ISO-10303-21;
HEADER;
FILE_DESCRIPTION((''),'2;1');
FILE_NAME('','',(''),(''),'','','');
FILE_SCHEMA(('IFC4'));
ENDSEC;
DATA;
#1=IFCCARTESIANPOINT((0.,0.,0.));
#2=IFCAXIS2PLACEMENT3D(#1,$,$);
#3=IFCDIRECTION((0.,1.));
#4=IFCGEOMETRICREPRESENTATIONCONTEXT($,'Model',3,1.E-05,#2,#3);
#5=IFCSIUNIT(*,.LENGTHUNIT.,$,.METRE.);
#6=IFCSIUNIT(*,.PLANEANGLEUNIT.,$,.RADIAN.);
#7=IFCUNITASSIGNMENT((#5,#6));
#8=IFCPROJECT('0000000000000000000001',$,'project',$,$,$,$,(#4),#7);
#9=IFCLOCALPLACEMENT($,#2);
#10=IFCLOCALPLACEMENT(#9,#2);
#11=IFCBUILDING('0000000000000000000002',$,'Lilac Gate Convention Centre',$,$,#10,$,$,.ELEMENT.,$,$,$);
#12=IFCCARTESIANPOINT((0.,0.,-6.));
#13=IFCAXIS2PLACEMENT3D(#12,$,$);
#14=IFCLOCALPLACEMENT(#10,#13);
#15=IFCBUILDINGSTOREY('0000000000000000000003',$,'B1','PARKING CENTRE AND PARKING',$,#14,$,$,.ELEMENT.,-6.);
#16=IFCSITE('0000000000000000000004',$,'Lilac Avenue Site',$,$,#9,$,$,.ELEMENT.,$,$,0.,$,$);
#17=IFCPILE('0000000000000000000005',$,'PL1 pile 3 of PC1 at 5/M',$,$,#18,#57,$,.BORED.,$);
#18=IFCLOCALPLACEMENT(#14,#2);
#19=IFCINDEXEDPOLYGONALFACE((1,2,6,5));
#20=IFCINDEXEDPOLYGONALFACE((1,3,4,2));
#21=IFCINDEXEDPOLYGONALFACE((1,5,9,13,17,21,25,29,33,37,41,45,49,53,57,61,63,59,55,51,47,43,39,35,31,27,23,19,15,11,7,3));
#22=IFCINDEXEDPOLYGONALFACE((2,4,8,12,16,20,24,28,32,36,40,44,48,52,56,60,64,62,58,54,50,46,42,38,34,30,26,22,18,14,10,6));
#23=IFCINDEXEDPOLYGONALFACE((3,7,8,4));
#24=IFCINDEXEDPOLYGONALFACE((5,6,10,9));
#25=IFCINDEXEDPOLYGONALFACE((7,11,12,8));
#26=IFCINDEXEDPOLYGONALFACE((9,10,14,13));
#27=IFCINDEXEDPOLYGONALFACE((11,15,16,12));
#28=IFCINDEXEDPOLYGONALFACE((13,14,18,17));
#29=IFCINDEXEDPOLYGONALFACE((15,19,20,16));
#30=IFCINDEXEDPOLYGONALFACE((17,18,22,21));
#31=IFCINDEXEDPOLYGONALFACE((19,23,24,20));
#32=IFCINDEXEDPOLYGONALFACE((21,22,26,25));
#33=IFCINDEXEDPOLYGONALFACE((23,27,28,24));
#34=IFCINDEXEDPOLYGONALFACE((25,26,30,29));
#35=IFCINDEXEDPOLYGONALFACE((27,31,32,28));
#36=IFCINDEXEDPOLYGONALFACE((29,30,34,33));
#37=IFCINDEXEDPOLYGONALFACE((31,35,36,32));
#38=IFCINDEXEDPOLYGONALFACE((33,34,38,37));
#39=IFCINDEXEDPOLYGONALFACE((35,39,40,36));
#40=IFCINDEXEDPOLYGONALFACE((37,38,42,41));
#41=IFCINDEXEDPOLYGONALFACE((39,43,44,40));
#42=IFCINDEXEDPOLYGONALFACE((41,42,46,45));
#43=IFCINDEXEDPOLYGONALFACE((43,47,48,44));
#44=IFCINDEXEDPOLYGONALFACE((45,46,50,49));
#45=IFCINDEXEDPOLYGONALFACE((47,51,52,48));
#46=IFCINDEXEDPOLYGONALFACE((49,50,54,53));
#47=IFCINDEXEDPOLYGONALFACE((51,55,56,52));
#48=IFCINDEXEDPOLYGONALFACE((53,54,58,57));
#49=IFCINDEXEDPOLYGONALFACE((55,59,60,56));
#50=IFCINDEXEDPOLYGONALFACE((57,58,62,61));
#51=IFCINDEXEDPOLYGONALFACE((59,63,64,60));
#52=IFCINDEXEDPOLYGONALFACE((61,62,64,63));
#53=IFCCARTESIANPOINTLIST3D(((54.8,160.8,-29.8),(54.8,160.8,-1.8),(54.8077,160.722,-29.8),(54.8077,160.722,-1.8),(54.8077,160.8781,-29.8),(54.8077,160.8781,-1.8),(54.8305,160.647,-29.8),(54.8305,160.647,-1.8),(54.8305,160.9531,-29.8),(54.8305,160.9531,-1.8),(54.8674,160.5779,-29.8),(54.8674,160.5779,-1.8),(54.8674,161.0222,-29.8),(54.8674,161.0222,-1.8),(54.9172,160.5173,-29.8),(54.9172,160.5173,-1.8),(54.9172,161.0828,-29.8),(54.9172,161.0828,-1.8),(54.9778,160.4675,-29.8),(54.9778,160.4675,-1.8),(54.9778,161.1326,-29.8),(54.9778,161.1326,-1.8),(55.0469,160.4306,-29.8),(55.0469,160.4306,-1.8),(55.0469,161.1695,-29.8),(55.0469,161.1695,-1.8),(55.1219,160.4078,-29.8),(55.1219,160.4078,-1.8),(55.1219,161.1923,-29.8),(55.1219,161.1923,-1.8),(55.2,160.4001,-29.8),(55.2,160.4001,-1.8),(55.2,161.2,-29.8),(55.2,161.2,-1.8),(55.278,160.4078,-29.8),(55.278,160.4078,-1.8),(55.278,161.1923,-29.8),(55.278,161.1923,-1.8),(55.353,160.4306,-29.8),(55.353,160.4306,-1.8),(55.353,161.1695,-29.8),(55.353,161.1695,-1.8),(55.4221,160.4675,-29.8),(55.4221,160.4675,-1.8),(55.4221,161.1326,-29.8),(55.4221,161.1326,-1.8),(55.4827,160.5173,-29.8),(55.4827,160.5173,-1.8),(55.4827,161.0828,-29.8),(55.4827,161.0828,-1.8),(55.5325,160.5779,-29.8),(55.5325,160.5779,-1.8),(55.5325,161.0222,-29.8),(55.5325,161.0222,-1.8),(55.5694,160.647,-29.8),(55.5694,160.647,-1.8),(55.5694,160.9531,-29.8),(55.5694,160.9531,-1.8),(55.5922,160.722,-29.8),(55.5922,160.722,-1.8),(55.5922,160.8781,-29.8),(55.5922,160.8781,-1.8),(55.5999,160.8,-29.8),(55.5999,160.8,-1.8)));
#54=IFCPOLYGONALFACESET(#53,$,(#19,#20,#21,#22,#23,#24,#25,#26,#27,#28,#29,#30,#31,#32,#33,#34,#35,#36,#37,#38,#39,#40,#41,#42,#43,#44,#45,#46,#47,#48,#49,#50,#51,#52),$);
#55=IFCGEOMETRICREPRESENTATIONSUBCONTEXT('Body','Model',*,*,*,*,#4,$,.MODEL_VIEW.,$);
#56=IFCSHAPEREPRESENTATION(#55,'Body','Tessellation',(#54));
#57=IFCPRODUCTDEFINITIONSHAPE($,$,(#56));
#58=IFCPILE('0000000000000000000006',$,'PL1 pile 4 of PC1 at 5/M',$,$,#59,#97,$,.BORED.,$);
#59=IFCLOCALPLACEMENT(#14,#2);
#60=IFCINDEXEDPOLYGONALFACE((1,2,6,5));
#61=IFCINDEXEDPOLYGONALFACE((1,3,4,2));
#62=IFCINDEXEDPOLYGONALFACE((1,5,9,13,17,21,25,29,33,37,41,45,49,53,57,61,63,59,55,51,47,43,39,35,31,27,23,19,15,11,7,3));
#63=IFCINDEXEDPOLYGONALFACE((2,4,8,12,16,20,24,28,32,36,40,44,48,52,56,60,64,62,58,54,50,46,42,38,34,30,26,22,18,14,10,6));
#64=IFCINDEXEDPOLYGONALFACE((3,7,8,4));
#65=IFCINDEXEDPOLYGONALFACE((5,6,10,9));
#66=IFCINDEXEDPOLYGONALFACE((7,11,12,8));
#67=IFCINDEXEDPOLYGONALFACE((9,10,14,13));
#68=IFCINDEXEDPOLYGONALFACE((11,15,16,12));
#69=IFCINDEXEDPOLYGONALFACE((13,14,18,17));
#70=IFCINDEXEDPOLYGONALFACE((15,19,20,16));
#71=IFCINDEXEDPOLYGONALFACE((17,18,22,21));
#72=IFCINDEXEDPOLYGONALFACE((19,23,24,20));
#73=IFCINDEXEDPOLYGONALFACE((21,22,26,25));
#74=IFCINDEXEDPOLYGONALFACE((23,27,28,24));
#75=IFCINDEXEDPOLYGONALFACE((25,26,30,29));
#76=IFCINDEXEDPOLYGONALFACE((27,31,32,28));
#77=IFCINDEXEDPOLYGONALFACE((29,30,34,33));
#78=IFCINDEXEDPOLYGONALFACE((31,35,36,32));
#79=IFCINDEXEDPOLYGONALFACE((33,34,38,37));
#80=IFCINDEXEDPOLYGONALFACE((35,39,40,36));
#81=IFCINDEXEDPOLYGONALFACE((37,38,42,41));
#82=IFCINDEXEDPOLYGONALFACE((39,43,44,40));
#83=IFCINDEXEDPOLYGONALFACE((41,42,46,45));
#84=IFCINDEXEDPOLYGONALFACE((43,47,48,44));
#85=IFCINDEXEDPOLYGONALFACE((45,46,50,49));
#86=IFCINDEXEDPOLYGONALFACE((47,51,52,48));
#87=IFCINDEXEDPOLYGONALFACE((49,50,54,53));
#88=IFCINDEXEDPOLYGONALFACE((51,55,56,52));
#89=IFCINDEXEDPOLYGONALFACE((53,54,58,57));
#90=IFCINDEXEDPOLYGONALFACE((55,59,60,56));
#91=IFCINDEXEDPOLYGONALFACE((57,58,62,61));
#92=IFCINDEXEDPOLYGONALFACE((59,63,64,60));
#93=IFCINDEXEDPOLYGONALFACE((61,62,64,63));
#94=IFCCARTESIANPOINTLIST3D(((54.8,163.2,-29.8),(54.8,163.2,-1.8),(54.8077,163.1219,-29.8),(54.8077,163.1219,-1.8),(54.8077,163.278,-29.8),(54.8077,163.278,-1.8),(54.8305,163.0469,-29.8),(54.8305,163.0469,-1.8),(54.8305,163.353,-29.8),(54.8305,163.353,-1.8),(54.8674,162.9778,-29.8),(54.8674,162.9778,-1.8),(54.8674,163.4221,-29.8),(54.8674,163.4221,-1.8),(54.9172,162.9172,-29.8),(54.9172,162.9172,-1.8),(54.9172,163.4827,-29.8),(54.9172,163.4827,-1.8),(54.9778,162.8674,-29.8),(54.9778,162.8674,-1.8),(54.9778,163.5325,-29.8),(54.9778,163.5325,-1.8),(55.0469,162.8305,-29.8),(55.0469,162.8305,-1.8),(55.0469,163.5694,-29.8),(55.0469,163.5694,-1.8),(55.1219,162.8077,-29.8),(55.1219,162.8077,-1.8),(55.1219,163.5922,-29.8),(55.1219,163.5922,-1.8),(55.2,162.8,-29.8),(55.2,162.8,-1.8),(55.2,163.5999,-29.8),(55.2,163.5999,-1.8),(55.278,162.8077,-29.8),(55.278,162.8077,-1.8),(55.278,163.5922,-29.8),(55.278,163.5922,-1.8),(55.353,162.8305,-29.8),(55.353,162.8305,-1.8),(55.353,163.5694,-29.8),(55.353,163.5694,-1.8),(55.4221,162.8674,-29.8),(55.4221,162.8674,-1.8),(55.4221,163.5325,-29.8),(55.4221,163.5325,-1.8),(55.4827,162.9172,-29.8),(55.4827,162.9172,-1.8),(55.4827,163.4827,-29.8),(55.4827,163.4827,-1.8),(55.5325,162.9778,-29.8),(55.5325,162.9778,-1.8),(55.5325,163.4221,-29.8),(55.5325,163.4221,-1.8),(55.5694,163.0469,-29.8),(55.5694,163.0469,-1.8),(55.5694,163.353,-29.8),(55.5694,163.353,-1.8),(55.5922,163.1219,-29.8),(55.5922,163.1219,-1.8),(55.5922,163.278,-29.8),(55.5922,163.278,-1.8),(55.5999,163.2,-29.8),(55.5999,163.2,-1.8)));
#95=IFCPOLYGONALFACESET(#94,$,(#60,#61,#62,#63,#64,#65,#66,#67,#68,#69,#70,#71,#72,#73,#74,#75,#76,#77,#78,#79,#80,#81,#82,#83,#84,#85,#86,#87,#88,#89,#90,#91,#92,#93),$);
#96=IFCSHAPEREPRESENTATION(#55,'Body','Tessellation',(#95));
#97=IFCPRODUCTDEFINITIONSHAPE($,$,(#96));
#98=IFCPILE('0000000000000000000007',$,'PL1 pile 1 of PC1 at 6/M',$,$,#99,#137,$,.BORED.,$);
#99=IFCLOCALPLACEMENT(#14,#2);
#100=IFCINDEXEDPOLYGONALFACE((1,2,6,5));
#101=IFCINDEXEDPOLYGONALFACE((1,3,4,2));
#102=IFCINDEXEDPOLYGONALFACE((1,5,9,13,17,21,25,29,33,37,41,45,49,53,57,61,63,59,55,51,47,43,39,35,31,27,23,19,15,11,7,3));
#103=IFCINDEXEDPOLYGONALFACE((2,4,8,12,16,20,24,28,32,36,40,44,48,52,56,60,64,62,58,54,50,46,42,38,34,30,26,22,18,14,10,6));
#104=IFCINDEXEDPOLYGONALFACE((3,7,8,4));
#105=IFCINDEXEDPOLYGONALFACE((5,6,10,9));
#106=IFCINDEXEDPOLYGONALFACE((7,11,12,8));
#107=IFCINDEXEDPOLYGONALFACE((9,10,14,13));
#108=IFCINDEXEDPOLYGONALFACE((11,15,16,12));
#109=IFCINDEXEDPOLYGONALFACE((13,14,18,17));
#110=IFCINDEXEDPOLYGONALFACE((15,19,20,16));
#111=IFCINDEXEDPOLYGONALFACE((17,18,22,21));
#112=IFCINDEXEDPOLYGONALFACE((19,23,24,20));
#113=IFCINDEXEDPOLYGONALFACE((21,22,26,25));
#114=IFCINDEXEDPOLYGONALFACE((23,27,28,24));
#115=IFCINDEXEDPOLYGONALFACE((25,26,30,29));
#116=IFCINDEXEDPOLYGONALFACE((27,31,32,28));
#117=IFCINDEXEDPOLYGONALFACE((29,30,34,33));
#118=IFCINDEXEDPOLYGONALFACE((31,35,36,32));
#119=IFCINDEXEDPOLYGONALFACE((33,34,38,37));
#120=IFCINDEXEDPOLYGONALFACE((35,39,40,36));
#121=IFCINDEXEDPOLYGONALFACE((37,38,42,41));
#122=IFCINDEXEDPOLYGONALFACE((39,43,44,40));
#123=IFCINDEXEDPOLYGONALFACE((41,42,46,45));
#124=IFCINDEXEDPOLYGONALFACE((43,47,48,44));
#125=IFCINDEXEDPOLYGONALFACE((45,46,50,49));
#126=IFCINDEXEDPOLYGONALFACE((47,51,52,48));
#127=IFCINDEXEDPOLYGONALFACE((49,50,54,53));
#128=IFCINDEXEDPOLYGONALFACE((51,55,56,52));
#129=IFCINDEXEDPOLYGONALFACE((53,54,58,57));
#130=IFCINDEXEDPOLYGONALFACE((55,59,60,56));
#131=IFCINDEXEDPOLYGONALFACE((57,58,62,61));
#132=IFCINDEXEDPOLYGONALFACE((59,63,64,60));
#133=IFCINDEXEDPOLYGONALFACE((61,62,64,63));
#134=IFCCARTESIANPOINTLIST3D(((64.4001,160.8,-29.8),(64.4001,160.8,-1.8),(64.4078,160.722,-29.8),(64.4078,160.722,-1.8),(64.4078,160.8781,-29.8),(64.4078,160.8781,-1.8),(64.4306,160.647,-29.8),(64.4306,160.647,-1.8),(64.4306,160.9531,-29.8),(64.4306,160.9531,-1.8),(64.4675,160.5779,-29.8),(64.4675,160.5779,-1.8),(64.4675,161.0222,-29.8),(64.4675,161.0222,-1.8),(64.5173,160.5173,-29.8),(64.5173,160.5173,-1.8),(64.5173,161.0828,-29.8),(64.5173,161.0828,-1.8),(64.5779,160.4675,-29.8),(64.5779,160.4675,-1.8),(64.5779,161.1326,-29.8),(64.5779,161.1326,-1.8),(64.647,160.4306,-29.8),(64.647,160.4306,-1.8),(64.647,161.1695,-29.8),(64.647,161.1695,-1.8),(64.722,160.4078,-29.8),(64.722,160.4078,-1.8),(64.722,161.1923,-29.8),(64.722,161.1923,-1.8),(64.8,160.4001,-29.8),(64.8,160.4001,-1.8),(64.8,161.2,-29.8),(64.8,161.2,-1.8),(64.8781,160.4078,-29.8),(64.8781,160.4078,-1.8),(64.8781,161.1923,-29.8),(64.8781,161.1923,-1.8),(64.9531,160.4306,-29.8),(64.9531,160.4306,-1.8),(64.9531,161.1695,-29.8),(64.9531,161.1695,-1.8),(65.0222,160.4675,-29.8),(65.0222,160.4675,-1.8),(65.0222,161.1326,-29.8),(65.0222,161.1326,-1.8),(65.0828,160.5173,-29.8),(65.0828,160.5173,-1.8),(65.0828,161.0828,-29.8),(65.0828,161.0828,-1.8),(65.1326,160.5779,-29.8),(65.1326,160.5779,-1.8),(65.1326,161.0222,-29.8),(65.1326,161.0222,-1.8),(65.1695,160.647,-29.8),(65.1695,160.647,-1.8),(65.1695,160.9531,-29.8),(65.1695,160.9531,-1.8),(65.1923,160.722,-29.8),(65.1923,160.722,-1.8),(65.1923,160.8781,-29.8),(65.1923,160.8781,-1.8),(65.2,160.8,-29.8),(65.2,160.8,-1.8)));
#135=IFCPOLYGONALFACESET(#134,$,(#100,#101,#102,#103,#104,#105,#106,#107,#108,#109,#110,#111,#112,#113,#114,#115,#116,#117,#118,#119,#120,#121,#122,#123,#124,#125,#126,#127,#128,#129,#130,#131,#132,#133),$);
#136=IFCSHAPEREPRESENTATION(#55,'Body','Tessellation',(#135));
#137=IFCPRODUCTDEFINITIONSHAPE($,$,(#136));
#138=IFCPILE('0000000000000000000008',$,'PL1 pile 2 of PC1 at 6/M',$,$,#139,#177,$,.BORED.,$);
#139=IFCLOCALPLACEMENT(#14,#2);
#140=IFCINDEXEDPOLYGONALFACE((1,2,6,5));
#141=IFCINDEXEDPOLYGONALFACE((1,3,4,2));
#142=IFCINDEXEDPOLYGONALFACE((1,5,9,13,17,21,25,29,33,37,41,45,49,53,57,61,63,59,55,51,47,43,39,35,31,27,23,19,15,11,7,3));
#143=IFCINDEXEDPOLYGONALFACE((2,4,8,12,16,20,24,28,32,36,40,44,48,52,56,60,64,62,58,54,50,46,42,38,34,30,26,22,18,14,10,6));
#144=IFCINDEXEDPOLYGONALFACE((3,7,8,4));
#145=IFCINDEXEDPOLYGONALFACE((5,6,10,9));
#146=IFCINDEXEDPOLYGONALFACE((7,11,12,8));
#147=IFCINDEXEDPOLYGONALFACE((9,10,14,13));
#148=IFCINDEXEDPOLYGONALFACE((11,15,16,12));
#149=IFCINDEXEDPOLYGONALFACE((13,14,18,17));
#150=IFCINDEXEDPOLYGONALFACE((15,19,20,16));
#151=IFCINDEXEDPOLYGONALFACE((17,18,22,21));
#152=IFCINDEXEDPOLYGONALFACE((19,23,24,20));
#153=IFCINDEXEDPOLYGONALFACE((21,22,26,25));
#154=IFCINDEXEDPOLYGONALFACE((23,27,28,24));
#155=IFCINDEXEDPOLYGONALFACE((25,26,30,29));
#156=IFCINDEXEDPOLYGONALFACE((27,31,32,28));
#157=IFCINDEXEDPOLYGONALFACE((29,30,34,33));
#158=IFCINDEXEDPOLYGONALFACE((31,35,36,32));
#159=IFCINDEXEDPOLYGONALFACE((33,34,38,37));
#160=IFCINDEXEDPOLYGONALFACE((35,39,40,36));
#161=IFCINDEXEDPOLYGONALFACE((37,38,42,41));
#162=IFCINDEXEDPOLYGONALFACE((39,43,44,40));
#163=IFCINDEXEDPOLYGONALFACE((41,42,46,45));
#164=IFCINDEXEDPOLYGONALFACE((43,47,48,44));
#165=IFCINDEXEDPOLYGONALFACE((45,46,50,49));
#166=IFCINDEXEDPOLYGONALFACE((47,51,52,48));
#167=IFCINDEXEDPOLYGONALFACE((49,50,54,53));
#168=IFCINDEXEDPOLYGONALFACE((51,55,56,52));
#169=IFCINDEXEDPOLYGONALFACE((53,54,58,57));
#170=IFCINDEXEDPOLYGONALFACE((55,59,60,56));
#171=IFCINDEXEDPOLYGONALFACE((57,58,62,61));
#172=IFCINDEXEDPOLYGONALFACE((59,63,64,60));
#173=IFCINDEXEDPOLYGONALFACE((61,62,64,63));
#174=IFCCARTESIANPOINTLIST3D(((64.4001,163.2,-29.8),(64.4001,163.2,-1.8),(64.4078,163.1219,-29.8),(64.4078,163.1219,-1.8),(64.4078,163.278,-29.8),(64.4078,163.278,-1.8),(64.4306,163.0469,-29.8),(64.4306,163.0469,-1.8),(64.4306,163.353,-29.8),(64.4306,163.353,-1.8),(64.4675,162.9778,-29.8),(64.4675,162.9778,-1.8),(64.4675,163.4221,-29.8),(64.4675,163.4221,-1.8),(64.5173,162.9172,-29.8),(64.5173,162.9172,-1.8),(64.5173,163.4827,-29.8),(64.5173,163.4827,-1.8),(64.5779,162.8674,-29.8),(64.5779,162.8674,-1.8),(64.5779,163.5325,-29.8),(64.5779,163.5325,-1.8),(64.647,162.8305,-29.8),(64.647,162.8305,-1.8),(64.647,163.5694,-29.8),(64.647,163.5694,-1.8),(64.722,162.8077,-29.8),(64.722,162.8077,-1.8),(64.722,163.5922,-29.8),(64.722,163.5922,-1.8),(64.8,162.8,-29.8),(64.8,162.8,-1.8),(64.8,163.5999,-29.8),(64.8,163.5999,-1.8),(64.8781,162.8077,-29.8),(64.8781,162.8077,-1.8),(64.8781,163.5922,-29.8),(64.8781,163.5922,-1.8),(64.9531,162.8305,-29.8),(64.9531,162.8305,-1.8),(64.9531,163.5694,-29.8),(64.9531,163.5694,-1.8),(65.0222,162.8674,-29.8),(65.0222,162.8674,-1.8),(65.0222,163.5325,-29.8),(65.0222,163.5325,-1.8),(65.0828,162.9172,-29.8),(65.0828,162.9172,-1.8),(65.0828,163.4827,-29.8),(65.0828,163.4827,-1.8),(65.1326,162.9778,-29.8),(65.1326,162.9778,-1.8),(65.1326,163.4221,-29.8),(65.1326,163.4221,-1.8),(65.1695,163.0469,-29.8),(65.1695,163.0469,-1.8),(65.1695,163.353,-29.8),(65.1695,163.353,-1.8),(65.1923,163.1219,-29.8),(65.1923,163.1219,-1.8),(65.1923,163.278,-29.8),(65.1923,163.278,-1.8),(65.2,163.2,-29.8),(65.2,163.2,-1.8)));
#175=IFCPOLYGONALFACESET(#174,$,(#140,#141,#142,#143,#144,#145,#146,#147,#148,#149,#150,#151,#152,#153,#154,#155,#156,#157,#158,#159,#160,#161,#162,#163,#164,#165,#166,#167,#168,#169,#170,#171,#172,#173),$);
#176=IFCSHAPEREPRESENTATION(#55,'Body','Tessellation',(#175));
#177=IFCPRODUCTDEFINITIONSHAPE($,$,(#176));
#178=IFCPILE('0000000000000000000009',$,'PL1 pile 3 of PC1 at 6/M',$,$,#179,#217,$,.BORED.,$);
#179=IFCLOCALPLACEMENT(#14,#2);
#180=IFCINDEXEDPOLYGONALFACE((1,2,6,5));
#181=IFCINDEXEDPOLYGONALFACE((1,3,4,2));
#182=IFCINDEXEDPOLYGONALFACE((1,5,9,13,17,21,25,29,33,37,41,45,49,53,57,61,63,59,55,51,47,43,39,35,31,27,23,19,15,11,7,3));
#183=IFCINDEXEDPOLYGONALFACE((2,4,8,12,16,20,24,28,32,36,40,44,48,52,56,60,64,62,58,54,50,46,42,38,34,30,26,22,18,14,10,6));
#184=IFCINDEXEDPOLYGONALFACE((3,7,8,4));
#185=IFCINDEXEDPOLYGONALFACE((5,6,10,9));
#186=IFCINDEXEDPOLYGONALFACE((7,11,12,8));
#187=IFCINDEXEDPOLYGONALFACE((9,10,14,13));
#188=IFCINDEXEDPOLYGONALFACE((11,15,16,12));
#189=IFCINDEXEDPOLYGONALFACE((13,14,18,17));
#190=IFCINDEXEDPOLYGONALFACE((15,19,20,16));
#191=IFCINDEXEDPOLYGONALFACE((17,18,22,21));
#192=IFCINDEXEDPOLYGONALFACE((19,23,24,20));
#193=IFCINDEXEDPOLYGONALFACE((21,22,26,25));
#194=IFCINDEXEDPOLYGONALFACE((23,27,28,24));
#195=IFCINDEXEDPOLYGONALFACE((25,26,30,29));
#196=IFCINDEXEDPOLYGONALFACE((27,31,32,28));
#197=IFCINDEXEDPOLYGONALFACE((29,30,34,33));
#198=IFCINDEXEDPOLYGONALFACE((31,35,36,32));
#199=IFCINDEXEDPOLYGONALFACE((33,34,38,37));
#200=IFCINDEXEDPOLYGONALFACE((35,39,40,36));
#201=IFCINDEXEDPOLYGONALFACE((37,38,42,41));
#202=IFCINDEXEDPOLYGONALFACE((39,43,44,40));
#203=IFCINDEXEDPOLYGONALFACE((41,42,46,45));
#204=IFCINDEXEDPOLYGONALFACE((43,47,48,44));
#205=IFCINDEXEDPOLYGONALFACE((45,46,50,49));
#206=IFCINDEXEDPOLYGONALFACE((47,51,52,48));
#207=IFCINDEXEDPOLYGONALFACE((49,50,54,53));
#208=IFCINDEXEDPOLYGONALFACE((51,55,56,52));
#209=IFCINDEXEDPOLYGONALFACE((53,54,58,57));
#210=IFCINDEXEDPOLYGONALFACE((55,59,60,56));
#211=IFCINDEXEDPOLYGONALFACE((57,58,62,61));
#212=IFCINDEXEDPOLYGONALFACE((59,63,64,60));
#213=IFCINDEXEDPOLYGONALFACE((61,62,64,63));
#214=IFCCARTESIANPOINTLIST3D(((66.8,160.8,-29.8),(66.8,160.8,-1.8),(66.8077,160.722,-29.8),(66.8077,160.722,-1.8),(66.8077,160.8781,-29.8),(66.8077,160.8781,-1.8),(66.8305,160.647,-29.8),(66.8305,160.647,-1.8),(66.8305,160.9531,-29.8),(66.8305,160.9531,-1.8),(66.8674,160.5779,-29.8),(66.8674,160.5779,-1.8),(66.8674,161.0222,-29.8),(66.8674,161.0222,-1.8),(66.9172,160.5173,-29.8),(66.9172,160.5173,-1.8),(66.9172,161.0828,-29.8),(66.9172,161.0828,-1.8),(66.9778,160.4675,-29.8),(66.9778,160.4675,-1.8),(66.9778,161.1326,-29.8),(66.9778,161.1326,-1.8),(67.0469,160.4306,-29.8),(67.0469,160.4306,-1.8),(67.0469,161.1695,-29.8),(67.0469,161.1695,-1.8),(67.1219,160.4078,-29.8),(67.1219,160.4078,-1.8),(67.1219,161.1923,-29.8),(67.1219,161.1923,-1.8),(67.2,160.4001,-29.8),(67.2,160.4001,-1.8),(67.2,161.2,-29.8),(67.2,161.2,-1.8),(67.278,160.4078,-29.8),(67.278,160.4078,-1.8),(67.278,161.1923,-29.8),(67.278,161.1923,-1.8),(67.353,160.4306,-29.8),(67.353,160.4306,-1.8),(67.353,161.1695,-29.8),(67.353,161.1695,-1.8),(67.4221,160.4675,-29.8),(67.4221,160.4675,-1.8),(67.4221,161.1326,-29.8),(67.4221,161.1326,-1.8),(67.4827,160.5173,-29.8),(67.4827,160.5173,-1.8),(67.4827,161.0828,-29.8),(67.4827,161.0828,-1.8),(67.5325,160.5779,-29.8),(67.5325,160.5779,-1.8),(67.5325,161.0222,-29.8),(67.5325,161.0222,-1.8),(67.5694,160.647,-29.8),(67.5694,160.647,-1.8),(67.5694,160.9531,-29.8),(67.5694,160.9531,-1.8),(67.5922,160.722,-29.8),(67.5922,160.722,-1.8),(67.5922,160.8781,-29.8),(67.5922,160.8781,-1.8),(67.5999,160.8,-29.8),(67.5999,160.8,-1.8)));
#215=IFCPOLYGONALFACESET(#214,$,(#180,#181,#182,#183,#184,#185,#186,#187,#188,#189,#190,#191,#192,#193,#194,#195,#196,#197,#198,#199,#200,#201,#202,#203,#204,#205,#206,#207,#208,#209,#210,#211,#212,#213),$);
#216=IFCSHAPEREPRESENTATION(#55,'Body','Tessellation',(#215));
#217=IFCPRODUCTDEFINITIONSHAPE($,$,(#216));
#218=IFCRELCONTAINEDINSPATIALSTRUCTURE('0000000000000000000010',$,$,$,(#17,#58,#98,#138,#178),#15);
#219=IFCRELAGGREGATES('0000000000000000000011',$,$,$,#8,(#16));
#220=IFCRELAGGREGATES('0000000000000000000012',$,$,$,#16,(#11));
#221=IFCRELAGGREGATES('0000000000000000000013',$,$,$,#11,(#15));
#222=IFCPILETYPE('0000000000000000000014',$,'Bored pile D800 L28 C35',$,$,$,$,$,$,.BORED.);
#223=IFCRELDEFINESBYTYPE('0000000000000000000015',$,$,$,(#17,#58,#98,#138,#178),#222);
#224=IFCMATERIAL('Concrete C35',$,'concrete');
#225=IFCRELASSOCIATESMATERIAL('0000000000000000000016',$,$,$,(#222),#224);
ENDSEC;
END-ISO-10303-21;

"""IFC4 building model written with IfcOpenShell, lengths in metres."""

from ifc_helpers import new_model, si_unit, direction, frame, origin, origin_2d, place, context, subcontext, project, spatial, circle, extrude, material, material_profile, profile_set, type_object, element, save


model = new_model("IFC4")

# Units and contexts
model_context = context("Model", 3, precision=1e-05, world=origin(), true_north=direction((0.0, 1.0)))
body_context = subcontext(model_context, "Body", "Model", "MODEL_VIEW")
ifc_project = project(units=[si_unit("LENGTHUNIT", "METRE"), si_unit("PLANEANGLEUNIT", "RADIAN")], contexts=[model_context])

# Site, building, storey
site_placement = place(None, origin())
site = spatial("IfcSite", under=ifc_project, at=site_placement, Name="Lilac Avenue Site", CompositionType="ELEMENT", RefElevation=0.0)
building_placement = place(site_placement, origin())
building = spatial("IfcBuilding", under=site, at=building_placement, Name="Lilac Gate Convention Centre", CompositionType="ELEMENT")
storey_placement = place(building_placement, frame((0.0, 0.0, -6.0)))
storey = spatial("IfcBuildingStorey", under=building, at=storey_placement, Name="B1", Description="PARKING CENTRE AND PARKING", CompositionType="ELEMENT", Elevation=-6.0)

# Piles
ifc_material_1 = material(Name="Concrete C35", Category="concrete")
ifc_material_profile_1 = material_profile(ifc_material_1, circle(Radius=0.3999, at=origin_2d()), Name="D800")
ifc_profile_set_1 = profile_set([ifc_material_profile_1], Name="Concrete C35")
pile_type = type_object("IfcPileType", Name="Bored pile D800 L28 C35", PredefinedType="BORED", material=ifc_profile_set_1)
for number, where, z_axis, x_axis, name in (
    (1, (55.2, 160.8, -1.8), (0.0, 0.0, -1.0), (1.0, 0.0, 0.0), "PL1 pile 3 of PC1 at 5/M"),
    (2, (55.2, 163.2, -1.8), (0.0, 0.0, -1.0), (1.0, 0.0, 0.0), "PL1 pile 4 of PC1 at 5/M"),
    (3, (64.8, 160.8, -1.8), (0.0, 0.0, -1.0), (1.0, 0.0, 0.0), "PL1 pile 1 of PC1 at 6/M"),
    (4, (64.8, 163.2, -1.8), (0.0, 0.0, -1.0), (1.0, 0.0, 0.0), "PL1 pile 2 of PC1 at 6/M"),
    (5, (67.2, 160.8, -1.8), (0.0, 0.0, -1.0), (1.0, 0.0, 0.0), "PL1 pile 3 of PC1 at 6/M"),
):
    element("IfcPile", number, at=place(storey_placement, frame(where, z_axis=z_axis, x_axis=x_axis)), inside=storey, type_object=pile_type, Name=name, PredefinedType="BORED", context=body_context, shape_type="SweptSolid", body=[
        extrude(circle(Radius=0.3999, at=origin_2d()), origin(), (0.0, 0.0, 1.0), 28.0),
    ])

save(model, "model.ifc")
